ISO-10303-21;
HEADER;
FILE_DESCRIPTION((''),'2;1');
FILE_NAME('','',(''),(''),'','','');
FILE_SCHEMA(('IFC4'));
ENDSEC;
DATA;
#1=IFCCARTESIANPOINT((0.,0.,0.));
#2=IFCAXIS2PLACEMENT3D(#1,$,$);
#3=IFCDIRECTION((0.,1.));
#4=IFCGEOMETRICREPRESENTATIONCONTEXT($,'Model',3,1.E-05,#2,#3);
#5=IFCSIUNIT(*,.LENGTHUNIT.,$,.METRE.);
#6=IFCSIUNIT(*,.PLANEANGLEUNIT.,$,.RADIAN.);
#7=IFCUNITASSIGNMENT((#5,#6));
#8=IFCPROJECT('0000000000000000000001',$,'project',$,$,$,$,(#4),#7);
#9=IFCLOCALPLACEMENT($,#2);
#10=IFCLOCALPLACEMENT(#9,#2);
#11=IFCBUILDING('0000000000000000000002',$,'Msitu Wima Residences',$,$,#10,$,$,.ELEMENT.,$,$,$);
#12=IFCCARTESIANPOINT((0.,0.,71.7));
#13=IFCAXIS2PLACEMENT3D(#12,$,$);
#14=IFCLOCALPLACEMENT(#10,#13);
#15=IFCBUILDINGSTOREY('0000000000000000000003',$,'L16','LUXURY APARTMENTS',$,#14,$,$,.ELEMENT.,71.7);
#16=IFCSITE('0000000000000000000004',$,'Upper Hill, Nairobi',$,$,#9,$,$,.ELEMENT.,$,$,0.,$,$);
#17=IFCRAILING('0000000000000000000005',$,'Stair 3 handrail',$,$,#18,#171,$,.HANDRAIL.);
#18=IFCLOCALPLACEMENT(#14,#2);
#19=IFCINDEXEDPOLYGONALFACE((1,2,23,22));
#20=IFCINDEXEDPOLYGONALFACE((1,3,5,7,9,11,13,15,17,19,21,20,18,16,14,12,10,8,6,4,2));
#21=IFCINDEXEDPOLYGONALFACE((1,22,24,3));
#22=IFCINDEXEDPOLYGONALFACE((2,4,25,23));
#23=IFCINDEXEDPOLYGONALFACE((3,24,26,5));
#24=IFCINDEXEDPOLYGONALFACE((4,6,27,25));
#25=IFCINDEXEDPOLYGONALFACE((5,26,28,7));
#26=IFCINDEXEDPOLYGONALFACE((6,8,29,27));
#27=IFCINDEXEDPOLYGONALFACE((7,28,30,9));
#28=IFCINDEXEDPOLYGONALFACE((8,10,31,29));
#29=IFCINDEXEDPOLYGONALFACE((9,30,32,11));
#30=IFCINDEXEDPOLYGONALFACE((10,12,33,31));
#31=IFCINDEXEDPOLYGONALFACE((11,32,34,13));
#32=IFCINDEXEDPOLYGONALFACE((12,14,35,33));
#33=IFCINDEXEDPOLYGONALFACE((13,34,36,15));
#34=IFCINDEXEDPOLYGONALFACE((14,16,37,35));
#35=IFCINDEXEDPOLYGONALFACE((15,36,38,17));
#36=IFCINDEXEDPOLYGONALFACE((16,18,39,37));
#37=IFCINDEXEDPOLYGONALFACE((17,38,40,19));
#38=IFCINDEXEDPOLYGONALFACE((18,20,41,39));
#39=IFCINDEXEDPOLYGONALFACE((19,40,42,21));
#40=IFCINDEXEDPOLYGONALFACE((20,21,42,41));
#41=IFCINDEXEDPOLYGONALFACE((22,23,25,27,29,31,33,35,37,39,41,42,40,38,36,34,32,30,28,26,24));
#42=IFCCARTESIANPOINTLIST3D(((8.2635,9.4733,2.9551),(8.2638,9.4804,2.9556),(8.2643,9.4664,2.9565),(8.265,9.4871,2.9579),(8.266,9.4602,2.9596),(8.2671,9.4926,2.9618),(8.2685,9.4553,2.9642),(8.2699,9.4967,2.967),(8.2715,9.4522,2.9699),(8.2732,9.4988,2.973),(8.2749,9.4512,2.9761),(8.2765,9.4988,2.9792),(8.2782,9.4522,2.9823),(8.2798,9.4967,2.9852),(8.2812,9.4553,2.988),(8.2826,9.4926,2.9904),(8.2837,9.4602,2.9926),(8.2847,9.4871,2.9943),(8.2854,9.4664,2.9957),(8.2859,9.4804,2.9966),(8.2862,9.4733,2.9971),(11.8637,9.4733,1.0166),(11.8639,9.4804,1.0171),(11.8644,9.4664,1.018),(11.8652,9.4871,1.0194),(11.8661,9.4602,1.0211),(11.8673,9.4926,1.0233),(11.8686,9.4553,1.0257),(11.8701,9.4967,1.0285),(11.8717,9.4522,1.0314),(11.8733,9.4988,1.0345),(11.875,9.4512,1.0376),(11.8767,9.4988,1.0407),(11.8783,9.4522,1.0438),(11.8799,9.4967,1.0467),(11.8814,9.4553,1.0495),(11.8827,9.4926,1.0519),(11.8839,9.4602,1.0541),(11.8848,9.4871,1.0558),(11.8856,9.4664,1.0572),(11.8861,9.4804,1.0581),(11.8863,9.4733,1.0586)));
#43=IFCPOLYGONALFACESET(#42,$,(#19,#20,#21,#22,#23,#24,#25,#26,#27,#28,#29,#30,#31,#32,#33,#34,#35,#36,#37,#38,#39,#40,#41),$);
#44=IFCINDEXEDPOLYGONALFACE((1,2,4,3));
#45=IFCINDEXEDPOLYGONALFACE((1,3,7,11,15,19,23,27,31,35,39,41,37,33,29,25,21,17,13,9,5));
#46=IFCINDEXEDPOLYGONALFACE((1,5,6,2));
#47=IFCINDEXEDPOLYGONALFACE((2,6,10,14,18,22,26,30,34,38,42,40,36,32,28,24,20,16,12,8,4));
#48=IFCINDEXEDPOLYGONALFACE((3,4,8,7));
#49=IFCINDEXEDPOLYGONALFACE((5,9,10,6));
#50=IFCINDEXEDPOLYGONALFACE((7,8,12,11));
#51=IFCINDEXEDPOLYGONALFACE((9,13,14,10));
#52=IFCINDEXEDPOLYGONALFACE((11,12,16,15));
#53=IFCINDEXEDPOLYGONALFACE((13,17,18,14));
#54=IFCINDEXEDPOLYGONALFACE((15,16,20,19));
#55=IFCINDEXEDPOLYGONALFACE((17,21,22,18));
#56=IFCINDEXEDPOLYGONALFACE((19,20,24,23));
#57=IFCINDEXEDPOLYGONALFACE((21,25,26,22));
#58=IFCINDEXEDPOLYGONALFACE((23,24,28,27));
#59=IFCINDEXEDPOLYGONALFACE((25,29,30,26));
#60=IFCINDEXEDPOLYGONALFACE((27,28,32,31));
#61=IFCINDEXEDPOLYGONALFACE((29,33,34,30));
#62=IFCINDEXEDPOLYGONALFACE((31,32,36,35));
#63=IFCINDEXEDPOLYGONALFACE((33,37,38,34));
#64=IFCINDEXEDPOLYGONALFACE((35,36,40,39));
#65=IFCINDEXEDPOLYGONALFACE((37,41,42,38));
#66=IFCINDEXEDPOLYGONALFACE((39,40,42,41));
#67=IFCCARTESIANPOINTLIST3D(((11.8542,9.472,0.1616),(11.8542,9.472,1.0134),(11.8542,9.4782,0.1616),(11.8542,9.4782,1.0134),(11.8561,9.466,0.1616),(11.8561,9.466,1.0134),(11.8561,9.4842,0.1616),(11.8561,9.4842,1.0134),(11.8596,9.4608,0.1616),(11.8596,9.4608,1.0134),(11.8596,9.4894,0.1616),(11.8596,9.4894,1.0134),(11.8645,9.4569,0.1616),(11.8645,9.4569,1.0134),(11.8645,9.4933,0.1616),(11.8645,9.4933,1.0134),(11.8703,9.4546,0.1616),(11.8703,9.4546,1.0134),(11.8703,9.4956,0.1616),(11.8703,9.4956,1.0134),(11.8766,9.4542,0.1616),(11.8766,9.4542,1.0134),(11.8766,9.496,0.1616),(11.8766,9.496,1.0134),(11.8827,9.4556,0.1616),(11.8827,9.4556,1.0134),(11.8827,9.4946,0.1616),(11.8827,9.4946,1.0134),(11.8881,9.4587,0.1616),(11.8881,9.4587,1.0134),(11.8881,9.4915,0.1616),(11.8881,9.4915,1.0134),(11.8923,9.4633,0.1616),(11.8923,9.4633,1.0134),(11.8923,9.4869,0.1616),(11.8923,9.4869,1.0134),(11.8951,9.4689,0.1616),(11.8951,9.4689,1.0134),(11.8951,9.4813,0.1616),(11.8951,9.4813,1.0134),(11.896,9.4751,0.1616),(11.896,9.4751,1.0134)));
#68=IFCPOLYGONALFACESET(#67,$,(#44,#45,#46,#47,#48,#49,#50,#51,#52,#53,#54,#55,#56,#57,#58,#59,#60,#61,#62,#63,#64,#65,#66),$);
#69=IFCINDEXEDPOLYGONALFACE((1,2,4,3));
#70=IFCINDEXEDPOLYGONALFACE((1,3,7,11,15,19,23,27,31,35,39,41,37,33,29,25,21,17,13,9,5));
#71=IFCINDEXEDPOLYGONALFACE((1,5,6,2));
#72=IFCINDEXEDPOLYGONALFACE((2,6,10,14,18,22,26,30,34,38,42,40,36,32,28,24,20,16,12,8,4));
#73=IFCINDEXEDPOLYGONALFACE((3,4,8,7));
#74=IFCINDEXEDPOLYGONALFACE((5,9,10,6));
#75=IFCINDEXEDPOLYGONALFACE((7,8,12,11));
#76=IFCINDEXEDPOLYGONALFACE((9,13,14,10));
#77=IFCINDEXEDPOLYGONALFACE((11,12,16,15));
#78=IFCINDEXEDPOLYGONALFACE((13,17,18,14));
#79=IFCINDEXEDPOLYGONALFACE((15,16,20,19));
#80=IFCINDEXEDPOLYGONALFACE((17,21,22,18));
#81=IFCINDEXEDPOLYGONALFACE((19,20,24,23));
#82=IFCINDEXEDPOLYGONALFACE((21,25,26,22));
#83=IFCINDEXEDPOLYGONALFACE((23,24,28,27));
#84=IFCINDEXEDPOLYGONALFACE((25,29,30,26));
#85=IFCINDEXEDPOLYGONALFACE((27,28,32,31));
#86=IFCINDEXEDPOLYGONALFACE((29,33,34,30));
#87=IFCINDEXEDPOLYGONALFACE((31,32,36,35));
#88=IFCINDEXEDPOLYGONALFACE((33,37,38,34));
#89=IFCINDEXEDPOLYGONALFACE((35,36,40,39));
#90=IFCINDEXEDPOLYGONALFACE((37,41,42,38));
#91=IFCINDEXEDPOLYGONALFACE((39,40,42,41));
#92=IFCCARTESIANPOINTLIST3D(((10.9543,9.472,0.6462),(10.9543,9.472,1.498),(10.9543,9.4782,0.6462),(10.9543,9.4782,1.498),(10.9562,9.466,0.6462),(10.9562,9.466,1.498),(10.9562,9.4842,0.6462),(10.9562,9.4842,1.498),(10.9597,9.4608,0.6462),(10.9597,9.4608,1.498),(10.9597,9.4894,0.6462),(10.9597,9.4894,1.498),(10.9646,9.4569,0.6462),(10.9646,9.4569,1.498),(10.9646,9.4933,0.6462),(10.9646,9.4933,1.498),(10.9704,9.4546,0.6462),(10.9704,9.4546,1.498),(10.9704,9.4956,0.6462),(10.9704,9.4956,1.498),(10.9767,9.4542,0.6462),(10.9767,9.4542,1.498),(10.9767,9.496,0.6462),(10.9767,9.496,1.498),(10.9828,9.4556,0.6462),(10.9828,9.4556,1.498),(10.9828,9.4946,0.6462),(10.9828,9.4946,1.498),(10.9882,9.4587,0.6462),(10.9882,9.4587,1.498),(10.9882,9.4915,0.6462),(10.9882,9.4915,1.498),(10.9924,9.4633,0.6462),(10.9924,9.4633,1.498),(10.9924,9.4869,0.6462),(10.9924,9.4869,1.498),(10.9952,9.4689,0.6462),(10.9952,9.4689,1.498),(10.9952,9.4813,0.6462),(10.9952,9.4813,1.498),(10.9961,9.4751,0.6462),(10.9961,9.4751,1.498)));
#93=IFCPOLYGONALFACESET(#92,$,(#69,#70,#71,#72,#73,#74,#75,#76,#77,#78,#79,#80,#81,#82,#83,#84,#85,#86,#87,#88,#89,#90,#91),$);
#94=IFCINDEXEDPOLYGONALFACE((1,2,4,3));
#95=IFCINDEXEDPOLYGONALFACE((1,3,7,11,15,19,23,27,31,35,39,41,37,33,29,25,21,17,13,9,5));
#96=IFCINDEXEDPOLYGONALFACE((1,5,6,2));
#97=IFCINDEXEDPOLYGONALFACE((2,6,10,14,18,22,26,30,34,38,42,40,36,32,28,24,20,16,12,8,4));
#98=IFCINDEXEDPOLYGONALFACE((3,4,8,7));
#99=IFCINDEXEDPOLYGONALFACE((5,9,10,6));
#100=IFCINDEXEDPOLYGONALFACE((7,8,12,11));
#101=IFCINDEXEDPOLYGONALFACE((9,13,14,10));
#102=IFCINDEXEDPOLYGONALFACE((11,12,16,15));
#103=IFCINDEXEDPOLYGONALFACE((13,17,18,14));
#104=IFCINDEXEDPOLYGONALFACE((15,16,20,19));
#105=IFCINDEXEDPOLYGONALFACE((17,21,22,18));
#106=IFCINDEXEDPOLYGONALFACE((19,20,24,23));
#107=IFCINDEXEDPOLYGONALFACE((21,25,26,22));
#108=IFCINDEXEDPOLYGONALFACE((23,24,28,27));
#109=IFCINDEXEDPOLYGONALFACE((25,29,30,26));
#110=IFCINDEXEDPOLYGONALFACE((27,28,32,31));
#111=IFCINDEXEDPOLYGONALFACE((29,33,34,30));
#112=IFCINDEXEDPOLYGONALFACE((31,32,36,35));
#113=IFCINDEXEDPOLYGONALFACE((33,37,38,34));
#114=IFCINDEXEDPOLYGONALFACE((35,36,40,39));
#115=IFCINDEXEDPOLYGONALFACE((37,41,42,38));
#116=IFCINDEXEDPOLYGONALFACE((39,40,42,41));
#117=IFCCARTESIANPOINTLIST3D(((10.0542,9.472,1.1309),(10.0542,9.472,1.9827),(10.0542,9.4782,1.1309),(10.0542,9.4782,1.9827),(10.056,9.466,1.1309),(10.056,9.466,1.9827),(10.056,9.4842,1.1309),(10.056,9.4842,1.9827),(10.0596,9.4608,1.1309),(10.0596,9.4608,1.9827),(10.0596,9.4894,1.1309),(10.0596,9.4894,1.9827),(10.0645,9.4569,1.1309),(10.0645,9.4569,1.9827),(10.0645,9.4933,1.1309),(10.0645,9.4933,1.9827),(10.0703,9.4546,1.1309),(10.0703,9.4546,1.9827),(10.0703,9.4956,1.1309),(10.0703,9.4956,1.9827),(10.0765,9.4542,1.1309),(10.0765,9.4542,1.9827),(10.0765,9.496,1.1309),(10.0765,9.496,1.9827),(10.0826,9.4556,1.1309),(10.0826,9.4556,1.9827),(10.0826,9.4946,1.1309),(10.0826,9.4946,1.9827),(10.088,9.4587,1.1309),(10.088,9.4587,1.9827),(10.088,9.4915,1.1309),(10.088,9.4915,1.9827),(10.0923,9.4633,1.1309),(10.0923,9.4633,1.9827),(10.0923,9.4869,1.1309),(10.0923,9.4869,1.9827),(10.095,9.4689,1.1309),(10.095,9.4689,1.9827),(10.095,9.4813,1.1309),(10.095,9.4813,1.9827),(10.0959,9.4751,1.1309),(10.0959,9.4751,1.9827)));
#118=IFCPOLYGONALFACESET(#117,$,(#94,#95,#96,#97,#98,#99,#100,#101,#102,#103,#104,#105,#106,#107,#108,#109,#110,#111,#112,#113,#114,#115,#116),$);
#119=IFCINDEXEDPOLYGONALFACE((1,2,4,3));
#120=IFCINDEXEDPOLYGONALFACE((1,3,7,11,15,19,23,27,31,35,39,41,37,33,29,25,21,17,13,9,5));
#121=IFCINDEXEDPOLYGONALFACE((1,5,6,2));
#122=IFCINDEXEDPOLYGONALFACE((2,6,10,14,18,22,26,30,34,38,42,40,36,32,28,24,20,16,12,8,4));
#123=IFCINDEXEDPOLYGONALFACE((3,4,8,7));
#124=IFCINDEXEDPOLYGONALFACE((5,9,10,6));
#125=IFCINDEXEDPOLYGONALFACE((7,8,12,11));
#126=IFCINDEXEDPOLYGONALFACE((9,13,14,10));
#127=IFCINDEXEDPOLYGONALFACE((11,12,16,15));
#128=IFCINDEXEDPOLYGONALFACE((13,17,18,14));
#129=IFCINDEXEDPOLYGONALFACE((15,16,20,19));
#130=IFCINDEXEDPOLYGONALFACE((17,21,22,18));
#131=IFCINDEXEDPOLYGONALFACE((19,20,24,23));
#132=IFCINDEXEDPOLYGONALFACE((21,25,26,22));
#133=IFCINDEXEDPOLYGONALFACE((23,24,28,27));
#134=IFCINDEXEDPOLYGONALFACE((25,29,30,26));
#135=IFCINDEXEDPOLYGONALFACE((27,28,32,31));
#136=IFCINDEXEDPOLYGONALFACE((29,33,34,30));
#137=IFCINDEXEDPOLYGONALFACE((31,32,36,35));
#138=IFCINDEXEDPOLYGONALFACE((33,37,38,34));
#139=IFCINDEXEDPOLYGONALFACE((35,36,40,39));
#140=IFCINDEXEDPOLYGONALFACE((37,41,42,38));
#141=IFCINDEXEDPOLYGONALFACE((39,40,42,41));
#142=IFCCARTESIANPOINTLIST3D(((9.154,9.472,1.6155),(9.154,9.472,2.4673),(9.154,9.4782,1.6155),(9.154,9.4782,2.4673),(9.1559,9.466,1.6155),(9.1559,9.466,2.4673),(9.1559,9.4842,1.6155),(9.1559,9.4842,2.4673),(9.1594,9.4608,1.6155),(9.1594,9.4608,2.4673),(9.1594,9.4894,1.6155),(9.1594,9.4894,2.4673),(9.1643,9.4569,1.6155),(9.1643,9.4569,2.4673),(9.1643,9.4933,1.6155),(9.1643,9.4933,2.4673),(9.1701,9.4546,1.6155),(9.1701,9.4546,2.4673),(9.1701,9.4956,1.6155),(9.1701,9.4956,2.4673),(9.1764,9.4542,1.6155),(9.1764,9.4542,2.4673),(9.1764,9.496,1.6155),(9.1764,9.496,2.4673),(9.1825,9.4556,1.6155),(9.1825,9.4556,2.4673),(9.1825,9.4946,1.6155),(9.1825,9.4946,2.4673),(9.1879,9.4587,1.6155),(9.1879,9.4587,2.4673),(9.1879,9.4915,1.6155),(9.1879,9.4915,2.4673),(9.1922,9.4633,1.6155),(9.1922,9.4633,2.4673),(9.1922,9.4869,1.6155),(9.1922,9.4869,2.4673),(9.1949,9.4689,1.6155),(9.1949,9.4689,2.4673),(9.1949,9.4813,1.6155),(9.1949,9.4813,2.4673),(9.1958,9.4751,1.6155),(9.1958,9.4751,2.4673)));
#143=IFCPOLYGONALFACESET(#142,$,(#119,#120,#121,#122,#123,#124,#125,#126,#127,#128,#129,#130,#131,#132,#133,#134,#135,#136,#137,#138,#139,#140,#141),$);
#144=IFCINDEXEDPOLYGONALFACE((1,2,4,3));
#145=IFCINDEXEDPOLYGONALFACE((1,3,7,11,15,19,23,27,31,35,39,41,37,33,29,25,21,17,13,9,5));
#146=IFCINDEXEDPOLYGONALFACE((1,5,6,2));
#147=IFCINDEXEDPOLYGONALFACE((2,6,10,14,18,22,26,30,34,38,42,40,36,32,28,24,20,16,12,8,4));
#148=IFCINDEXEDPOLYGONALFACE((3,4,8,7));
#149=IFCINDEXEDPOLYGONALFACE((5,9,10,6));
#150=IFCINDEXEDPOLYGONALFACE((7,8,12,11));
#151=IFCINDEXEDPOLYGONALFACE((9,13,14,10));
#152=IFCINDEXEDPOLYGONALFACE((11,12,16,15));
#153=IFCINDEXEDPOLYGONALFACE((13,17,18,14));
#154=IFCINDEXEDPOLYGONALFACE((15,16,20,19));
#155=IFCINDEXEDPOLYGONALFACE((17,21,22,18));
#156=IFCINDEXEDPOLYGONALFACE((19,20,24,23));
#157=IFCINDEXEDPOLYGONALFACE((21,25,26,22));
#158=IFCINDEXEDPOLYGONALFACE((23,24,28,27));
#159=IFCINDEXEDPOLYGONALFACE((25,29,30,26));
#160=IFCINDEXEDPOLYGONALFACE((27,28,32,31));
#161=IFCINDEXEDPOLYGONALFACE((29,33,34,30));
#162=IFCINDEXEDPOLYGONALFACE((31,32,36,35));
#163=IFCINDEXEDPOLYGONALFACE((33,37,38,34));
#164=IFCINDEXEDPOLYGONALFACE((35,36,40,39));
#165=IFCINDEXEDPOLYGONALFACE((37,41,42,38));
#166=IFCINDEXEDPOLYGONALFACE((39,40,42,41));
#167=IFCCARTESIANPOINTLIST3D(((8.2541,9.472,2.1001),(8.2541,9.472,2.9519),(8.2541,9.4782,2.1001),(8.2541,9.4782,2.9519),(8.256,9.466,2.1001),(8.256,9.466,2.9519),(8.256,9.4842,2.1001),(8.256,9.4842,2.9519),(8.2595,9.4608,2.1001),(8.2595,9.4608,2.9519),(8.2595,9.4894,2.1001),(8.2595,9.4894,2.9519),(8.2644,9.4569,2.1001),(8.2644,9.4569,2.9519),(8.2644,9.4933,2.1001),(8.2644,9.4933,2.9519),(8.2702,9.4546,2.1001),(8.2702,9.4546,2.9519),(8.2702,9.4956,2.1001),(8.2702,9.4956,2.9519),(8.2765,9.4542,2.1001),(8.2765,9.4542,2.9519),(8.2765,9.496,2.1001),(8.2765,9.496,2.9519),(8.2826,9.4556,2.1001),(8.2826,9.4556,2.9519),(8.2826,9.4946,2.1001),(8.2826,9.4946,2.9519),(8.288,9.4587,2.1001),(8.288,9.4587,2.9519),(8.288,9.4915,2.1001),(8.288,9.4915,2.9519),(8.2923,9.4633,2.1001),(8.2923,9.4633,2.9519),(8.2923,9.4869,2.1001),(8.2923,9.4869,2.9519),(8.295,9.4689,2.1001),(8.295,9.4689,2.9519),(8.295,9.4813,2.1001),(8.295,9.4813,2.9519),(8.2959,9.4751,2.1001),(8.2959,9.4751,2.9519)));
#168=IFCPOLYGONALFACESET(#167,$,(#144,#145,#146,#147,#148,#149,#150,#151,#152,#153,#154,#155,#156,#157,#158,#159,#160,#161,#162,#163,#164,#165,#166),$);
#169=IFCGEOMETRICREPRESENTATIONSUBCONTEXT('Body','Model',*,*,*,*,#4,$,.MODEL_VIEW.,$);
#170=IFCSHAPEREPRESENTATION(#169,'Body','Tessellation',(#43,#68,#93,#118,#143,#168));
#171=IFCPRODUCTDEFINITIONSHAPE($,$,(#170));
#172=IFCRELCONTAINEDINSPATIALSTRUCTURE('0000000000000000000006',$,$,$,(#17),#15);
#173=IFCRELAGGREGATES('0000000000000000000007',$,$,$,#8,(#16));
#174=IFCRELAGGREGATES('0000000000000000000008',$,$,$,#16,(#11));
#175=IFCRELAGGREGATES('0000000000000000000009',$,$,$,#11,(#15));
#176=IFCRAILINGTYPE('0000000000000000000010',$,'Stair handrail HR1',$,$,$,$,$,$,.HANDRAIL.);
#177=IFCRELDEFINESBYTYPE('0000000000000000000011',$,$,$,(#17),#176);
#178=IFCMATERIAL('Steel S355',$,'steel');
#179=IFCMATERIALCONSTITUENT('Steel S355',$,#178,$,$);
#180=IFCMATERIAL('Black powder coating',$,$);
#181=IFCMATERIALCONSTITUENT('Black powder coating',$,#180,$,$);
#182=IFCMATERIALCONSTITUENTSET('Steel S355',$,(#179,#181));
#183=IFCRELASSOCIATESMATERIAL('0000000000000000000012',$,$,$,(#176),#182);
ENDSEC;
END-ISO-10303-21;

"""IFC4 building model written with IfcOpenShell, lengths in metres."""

from ifc_helpers import new_model, si_unit, direction, frame, origin, origin_2d, place, context, subcontext, project, spatial, circle, extrude, material, constituent, constituent_set, type_object, element, save


model = new_model("IFC4")

# Units and contexts
model_context = context("Model", 3, precision=1e-05, world=origin(), true_north=direction((0.0, 1.0)))
body_context = subcontext(model_context, "Body", "Model", "MODEL_VIEW")
ifc_project = project(units=[si_unit("LENGTHUNIT", "METRE"), si_unit("PLANEANGLEUNIT", "RADIAN")], contexts=[model_context])

# Site, building, storey
site_placement = place(None, origin())
site = spatial("IfcSite", under=ifc_project, at=site_placement, Name="Upper Hill, Nairobi", CompositionType="ELEMENT", RefElevation=0.0)
building_placement = place(site_placement, origin())
building = spatial("IfcBuilding", under=site, at=building_placement, Name="Msitu Wima Residences", CompositionType="ELEMENT")
storey_placement = place(building_placement, frame((0.0, 0.0, 71.7)))
storey = spatial("IfcBuildingStorey", under=building, at=storey_placement, Name="L16", Description="LUXURY APARTMENTS", CompositionType="ELEMENT", Elevation=71.7)

# Railing
ifc_material_1 = material(Name="Steel S355", Category="steel")
ifc_constituent_1 = constituent(ifc_material_1, Name="Steel S355")
ifc_material_2 = material(Name="Black powder coating")
ifc_constituent_2 = constituent(ifc_material_2, Name="Black powder coating")
ifc_constituent_set_1 = constituent_set(constituents=[ifc_constituent_1, ifc_constituent_2], Name="Steel S355")
railing_type_1 = type_object("IfcRailingType", Name="Stair handrail HR1", PredefinedType="HANDRAIL", material=ifc_constituent_set_1)
for number, where, name in (
    (1, (11.875, 9.4751, 0.1616), "Stair 3 handrail"),
):
    element("IfcRailing", number, at=place(storey_placement, frame(where)), inside=storey, type_object=railing_type_1, Name=name, PredefinedType="HANDRAIL", context=body_context, shape_type="SweptSolid", body=[
        extrude(circle(Radius=0.0239, at=origin_2d()), frame((0.0, 0.0, 0.876), z_axis=(-0.880475, 0.0, 0.474093), x_axis=(0.0, -1.0, 0.0)), (0.0, 0.0, 1.0), 4.0889),
        extrude(circle(Radius=0.021, at=origin_2d()), origin(), (0.0, 0.0, 1.0), 0.8518),
        extrude(circle(Radius=0.021, at=origin_2d()), frame((-0.8999, 0.0, 0.4846)), (0.0, 0.0, 1.0), 0.8518),
        extrude(circle(Radius=0.021, at=origin_2d()), frame((-1.8, 0.0, 0.9692)), (0.0, 0.0, 1.0), 0.8518),
        extrude(circle(Radius=0.021, at=origin_2d()), frame((-2.7002, 0.0, 1.4539)), (0.0, 0.0, 1.0), 0.8518),
        extrude(circle(Radius=0.021, at=origin_2d()), frame((-3.6001, 0.0, 1.9385)), (0.0, 0.0, 1.0), 0.8518),
    ])

save(model, "model.ifc")
